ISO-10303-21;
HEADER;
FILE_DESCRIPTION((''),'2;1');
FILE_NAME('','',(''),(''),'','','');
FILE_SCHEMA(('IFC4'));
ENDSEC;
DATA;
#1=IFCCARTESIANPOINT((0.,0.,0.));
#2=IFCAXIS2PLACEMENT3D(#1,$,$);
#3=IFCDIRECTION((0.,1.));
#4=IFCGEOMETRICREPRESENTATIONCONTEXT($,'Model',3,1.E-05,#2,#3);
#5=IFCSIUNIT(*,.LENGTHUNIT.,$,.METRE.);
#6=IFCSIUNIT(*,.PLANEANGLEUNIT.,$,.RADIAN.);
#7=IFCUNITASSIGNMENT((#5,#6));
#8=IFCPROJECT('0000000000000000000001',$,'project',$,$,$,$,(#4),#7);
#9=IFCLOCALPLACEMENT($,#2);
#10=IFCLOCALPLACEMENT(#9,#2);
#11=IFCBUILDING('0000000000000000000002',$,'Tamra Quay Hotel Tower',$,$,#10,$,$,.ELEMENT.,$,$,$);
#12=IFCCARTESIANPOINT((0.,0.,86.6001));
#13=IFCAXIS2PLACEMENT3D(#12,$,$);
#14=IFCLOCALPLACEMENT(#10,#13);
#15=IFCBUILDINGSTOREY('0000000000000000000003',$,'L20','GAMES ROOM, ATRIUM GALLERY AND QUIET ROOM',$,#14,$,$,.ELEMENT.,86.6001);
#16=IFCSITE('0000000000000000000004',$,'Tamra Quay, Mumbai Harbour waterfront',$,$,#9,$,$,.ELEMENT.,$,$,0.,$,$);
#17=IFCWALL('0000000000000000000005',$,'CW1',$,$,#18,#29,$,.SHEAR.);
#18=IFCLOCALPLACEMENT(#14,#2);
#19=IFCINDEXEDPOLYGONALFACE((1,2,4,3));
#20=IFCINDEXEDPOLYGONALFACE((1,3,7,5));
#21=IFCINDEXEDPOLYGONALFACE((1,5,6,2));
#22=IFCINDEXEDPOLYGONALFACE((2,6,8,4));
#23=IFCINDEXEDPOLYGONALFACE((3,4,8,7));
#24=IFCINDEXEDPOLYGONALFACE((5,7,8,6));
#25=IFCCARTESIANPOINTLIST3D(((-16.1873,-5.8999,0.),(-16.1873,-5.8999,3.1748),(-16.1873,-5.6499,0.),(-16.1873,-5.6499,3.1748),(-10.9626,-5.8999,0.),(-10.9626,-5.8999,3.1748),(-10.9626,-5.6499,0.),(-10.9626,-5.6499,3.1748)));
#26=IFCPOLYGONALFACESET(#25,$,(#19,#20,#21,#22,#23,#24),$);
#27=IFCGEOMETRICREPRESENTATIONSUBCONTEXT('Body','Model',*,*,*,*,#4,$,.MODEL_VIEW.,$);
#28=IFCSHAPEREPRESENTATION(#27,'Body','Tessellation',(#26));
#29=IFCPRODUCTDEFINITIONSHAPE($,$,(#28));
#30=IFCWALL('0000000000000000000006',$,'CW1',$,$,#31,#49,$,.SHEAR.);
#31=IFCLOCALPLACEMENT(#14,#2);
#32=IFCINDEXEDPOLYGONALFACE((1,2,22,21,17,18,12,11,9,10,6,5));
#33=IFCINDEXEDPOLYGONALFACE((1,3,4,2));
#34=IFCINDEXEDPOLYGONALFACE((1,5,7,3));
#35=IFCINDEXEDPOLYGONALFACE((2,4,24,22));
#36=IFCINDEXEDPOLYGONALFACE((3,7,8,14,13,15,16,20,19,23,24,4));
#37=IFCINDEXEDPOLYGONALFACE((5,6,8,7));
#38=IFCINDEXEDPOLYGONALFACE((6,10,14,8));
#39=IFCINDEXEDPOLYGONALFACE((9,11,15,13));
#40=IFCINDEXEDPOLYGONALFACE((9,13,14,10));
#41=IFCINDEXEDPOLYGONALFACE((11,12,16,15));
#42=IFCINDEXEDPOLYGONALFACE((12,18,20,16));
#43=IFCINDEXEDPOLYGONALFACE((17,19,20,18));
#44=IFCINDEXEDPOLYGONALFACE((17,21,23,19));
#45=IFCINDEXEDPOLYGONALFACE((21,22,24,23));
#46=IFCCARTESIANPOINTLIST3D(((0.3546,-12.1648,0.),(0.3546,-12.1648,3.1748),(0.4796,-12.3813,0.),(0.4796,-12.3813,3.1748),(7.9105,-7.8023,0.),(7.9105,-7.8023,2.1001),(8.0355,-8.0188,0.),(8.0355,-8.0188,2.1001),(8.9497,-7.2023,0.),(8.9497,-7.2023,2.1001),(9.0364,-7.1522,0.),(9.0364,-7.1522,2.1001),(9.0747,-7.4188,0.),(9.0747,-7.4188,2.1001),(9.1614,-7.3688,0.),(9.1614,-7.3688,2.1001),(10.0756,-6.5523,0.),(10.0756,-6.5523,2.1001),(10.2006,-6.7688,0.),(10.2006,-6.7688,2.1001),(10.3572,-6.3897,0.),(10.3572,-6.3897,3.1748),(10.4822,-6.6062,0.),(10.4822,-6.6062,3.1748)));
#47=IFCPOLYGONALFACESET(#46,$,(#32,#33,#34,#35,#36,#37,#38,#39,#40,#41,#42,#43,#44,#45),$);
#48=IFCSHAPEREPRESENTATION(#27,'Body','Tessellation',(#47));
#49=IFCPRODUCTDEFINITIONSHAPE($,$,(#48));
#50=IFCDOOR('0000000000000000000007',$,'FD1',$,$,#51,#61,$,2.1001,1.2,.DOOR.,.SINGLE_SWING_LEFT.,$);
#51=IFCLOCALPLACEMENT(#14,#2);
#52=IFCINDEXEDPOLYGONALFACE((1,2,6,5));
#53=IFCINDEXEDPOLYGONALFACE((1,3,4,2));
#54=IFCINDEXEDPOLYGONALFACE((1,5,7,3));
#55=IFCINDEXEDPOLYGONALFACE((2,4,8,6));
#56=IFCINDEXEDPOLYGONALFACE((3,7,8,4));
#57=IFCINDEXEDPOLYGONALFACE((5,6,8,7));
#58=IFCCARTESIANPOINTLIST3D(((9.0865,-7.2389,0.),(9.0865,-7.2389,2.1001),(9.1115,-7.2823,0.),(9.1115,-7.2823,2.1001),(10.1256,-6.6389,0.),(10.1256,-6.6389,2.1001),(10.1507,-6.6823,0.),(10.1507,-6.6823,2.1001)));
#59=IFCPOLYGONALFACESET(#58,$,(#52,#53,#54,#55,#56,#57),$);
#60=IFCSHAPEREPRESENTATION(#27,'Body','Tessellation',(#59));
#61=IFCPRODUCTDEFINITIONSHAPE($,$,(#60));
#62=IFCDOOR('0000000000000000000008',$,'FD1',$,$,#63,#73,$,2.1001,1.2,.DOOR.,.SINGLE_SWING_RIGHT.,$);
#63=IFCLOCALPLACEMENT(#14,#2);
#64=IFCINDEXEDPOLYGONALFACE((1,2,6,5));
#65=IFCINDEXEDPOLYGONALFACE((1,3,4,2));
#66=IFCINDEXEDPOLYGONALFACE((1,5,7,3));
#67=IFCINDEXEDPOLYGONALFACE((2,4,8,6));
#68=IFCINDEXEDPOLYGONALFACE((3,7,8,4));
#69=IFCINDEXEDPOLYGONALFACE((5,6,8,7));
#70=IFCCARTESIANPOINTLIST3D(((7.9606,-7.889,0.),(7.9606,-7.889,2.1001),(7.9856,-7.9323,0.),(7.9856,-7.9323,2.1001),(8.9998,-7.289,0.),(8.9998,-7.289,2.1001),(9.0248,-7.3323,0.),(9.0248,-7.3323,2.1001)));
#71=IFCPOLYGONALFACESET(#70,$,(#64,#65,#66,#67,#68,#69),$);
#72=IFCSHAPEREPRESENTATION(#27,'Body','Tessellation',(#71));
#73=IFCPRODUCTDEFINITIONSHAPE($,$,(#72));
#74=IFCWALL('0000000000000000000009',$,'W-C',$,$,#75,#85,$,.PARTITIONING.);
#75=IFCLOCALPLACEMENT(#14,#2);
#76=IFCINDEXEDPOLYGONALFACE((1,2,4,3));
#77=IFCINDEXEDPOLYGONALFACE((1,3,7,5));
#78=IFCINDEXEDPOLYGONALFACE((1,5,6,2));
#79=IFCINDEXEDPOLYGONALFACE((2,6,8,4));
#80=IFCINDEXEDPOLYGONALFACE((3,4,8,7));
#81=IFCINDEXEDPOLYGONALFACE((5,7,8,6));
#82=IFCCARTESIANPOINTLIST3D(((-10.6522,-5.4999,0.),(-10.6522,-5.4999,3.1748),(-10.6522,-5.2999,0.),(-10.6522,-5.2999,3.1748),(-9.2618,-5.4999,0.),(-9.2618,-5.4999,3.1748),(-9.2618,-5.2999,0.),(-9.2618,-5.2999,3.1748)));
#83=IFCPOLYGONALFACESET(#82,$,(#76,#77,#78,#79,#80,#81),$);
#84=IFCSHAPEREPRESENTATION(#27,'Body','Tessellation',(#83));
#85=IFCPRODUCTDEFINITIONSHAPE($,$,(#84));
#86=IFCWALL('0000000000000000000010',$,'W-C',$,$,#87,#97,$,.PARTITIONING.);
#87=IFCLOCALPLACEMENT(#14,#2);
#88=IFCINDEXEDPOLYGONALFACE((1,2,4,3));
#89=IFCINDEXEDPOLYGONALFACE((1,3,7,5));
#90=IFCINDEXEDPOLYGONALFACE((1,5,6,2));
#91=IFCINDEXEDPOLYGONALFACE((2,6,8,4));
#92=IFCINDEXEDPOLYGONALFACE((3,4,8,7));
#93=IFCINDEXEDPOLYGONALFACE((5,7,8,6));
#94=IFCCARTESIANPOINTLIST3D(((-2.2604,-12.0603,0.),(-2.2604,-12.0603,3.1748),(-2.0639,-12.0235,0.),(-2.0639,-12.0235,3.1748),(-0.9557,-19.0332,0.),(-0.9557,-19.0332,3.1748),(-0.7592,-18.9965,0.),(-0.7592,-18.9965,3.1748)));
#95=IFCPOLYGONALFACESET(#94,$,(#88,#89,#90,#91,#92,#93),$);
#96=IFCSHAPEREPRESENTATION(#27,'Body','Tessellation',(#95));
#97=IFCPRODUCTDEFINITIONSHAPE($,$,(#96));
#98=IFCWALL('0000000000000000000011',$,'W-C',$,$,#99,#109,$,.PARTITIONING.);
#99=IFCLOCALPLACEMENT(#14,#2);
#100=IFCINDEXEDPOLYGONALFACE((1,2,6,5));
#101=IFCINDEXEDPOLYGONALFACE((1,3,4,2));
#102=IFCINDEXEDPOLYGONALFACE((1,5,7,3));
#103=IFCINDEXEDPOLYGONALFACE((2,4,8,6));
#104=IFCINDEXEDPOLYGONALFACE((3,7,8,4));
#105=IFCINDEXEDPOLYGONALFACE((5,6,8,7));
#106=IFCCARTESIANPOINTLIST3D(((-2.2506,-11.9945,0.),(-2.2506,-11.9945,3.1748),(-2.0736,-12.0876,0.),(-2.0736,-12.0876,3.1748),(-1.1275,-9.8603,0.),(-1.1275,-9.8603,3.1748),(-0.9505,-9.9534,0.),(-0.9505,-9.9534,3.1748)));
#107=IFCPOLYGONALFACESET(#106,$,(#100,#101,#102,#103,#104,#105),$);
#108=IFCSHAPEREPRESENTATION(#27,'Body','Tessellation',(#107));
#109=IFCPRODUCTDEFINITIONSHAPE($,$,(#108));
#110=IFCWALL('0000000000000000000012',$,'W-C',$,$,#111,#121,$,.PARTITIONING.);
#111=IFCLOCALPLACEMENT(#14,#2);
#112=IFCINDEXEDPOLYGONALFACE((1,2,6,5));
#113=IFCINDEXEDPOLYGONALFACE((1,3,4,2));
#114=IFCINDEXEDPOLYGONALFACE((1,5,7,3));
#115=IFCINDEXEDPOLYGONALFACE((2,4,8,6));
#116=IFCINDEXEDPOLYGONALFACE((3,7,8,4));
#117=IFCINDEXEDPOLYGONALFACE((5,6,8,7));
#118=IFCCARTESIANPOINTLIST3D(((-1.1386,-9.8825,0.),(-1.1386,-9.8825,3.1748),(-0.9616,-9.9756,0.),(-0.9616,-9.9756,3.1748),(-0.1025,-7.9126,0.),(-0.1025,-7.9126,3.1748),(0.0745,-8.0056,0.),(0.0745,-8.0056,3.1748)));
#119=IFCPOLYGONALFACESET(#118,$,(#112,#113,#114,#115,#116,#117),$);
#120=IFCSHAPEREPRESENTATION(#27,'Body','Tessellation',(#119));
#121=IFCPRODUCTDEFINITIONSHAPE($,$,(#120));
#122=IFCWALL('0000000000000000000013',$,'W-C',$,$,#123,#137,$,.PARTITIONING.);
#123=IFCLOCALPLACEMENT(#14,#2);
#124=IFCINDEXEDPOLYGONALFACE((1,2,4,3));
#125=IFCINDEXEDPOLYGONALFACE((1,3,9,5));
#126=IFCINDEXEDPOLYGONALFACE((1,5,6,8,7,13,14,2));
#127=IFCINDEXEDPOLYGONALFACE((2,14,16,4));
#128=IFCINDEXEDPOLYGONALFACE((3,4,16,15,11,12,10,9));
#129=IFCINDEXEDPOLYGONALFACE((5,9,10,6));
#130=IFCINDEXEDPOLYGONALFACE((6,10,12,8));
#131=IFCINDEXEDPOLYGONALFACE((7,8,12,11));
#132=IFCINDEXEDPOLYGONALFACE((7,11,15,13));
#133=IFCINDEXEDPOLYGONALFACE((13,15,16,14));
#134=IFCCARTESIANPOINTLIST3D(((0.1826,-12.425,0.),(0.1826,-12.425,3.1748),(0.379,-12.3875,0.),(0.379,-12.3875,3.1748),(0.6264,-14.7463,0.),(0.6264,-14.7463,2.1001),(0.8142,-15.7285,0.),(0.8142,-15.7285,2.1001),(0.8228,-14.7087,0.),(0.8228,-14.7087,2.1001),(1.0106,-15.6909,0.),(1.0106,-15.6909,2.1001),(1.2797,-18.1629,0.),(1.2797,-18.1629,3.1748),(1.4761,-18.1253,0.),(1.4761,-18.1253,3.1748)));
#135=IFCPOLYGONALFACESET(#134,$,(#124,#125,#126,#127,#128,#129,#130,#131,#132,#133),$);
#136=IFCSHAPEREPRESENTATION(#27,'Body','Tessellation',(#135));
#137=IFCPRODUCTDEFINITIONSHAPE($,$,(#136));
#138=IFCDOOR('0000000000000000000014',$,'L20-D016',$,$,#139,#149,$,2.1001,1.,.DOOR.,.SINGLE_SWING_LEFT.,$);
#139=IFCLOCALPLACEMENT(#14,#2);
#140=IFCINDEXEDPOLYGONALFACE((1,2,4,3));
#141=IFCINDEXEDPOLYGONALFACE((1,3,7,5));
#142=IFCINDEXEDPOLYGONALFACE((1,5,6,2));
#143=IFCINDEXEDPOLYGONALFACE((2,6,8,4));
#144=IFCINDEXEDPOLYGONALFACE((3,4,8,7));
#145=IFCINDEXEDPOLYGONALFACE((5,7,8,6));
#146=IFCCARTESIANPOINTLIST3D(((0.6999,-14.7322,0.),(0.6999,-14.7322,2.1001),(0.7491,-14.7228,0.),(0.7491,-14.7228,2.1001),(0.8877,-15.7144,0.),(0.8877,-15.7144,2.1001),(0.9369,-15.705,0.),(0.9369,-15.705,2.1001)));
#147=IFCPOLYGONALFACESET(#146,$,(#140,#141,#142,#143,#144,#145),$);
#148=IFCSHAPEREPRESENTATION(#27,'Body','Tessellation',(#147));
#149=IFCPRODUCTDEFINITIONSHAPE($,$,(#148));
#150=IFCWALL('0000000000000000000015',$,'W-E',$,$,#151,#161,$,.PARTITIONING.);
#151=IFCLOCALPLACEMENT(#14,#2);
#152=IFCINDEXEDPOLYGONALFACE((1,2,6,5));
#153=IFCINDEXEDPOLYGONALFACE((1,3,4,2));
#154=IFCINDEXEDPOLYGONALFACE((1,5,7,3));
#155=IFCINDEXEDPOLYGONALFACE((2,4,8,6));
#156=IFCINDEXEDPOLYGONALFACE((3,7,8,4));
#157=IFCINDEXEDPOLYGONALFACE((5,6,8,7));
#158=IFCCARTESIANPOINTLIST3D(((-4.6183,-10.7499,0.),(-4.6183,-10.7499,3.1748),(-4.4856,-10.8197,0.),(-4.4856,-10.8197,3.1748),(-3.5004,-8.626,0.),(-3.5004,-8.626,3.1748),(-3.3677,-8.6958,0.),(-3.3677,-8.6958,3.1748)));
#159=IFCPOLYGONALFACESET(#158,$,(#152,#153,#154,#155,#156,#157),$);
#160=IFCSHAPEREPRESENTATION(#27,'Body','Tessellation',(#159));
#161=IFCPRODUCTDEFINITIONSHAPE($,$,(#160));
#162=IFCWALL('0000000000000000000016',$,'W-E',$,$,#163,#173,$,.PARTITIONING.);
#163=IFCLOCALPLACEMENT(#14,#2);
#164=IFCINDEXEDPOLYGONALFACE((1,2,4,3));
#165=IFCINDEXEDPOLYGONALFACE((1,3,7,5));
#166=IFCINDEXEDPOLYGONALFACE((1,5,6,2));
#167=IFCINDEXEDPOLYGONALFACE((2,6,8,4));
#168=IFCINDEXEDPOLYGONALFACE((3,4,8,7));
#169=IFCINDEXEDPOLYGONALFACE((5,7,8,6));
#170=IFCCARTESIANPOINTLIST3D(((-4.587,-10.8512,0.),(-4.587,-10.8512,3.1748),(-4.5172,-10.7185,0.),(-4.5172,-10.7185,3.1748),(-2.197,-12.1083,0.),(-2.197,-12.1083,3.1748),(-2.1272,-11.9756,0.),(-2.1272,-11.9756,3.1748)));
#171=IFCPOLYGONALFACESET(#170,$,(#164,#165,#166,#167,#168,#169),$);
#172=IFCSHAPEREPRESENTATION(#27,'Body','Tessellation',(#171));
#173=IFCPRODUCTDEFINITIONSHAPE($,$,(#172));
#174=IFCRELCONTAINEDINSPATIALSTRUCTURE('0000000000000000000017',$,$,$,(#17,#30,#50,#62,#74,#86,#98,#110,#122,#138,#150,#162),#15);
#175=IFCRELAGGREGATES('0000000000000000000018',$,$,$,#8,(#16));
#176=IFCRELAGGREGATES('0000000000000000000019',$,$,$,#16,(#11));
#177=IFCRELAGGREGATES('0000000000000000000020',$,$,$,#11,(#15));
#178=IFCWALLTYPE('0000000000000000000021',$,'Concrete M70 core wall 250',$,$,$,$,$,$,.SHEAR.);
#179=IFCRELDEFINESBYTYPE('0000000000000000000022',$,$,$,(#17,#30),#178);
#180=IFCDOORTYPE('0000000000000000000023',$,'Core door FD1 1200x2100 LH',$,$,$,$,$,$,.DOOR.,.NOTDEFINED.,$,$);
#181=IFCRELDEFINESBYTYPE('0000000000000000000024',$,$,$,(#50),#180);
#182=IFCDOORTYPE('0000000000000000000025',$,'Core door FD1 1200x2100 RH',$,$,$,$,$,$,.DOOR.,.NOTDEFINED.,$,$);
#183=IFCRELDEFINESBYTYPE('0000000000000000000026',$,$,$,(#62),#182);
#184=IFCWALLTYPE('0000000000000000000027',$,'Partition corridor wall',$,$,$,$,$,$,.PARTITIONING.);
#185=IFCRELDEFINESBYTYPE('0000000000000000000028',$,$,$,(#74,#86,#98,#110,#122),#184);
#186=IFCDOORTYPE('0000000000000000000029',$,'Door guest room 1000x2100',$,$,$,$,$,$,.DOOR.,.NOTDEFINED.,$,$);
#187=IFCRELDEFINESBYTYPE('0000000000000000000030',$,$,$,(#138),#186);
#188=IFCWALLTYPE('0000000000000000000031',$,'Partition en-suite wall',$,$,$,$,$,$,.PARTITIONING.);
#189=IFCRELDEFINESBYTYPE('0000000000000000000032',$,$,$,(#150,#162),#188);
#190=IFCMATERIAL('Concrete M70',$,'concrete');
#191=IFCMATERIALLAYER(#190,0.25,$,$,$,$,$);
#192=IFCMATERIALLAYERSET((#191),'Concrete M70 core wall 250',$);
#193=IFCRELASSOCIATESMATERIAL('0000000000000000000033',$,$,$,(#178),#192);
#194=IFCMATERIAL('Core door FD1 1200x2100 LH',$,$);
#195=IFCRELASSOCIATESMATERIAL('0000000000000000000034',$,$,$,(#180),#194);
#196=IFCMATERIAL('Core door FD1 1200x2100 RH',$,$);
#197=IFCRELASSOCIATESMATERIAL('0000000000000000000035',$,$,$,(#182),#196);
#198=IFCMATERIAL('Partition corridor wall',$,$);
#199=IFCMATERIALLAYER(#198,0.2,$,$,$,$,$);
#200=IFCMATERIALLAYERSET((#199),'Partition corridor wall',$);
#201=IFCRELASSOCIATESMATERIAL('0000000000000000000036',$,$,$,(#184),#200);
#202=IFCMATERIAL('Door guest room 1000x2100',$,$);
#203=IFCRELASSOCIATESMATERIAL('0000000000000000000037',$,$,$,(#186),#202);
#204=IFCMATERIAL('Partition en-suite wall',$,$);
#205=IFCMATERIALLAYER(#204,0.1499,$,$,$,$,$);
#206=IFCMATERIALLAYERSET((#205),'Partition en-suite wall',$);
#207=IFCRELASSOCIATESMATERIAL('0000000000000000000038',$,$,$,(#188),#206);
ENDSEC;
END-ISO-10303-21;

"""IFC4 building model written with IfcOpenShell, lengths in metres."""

from ifc_helpers import new_model, si_unit, direction, frame, frame_2d, origin, place, context, subcontext, project, spatial, rectangle, extrude, material, layer, layer_set, type_object, element, fill, save


model = new_model("IFC4")

# Units and contexts
model_context = context("Model", 3, precision=1e-05, world=origin(), true_north=direction((0.0, 1.0)))
body_context = subcontext(model_context, "Body", "Model", "MODEL_VIEW")
ifc_project = project(units=[si_unit("LENGTHUNIT", "METRE"), si_unit("PLANEANGLEUNIT", "RADIAN")], contexts=[model_context])

# Site, building, storey
site_placement = place(None, origin())
site = spatial("IfcSite", under=ifc_project, at=site_placement, Name="Tamra Quay, Mumbai Harbour waterfront", CompositionType="ELEMENT", RefElevation=0.0)
building_placement = place(site_placement, origin())
building = spatial("IfcBuilding", under=site, at=building_placement, Name="Tamra Quay Hotel Tower", CompositionType="ELEMENT")
storey_placement = place(building_placement, frame((0.0, 0.0, 86.6001)))
storey = spatial("IfcBuildingStorey", under=building, at=storey_placement, Name="L20", Description="GAMES ROOM, ATRIUM GALLERY AND QUIET ROOM", CompositionType="ELEMENT", Elevation=86.6001)

# Wall
ifc_material_1 = material(Name="Concrete M70", Category="concrete")
ifc_layer_1 = layer(ifc_material_1, 0.25)
ifc_layer_set_1 = layer_set([ifc_layer_1], Name="Concrete M70 core wall 250")
wall_type_1 = type_object("IfcWallType", Name="Concrete M70 core wall 250", PredefinedType="SHEAR", material=ifc_layer_set_1)
wall_1_placement = place(storey_placement, frame((-10.9626, -5.7749, 0.0), z_axis=(0.0, 0.0, 1.0), x_axis=(-1.0, 0.0, 0.0)))
element("IfcWall", 1, at=wall_1_placement, inside=storey, type_object=wall_type_1, Name="CW1", PredefinedType="SHEAR", context=body_context, shape_type="SweptSolid", body=[
    extrude(rectangle(XDim=5.2246, YDim=0.25, at=frame_2d((2.6123, 0.0))), origin(), (0.0, 0.0, 1.0), 3.1748),
])

# Wall, openings, doors
wall_2_placement = place(storey_placement, frame((0.4172, -12.2729, 0.0), z_axis=(0.0, 0.0, 1.0), x_axis=(0.866022, 0.500006, 0.0)))
wall_2 = element("IfcWall", 2, at=wall_2_placement, inside=storey, type_object=wall_type_1, Name="CW1", PredefinedType="SHEAR", context=body_context, shape_type="SweptSolid", body=[
    extrude(rectangle(XDim=11.55, YDim=0.25, at=frame_2d((5.7749, 0.0))), origin(), (0.0, 0.0, 1.0), 3.1748),
])
opening_1_placement = place(wall_2_placement, frame((10.0247, 0.0, 0.0)))
opening_1 = element("IfcOpeningElement", 3, at=opening_1_placement, cuts=wall_2, PredefinedType="OPENING", context=body_context, shape_type="SweptSolid", body=[
    extrude(rectangle(XDim=1.2, YDim=2.1001, at=frame_2d((0.6001, 1.05))), frame((0.0, 0.135, 0.0), z_axis=(0.0, -1.0, 0.0), x_axis=(1.0, 0.0, 0.0)), (0.0, 0.0, 1.0), 0.27),
])
opening_2_placement = place(wall_2_placement, frame((8.7246, 0.0, 0.0)))
opening_2 = element("IfcOpeningElement", 4, at=opening_2_placement, cuts=wall_2, PredefinedType="OPENING", context=body_context, shape_type="SweptSolid", body=[
    extrude(rectangle(XDim=1.2, YDim=2.1001, at=frame_2d((0.6001, 1.05))), frame((0.0, 0.135, 0.0), z_axis=(0.0, -1.0, 0.0), x_axis=(1.0, 0.0, 0.0)), (0.0, 0.0, 1.0), 0.27),
])
ifc_material_2 = material(Name="Core door FD1 1200x2100 LH")
door_type_1 = type_object("IfcDoorType", Name="Core door FD1 1200x2100 LH", OperationType="NOTDEFINED", PredefinedType="DOOR", material=ifc_material_2)
door_1_placement = place(opening_1_placement, origin())
door_1 = element("IfcDoor", 5, at=door_1_placement, inside=storey, type_object=door_type_1, Name="FD1", OperationType="SINGLE_SWING_LEFT", OverallHeight=2.1001, OverallWidth=1.2, PredefinedType="DOOR", context=body_context, shape_type="SweptSolid", body=[
    extrude(rectangle(XDim=1.2, YDim=2.1001, at=frame_2d((0.6001, 1.05))), frame((0.0, 0.0249, 0.0), z_axis=(0.0, -1.0, 0.0), x_axis=(1.0, 0.0, 0.0)), (0.0, 0.0, 1.0), 0.05),
])
fill(opening_1, door_1)
ifc_material_3 = material(Name="Core door FD1 1200x2100 RH")
door_type_2 = type_object("IfcDoorType", Name="Core door FD1 1200x2100 RH", OperationType="NOTDEFINED", PredefinedType="DOOR", material=ifc_material_3)
door_2_placement = place(opening_2_placement, origin())
door_2 = element("IfcDoor", 6, at=door_2_placement, inside=storey, type_object=door_type_2, Name="FD1", OperationType="SINGLE_SWING_RIGHT", OverallHeight=2.1001, OverallWidth=1.2, PredefinedType="DOOR", context=body_context, shape_type="SweptSolid", body=[
    extrude(rectangle(XDim=1.2, YDim=2.1001, at=frame_2d((0.6001, 1.05))), frame((0.0, 0.0249, 0.0), z_axis=(0.0, -1.0, 0.0), x_axis=(1.0, 0.0, 0.0)), (0.0, 0.0, 1.0), 0.05),
])
fill(opening_2, door_2)

# Walls
ifc_material_4 = material(Name="Partition corridor wall")
ifc_layer_2 = layer(ifc_material_4, 0.2)
ifc_layer_set_2 = layer_set([ifc_layer_2], Name="Partition corridor wall")
wall_type_2 = type_object("IfcWallType", Name="Partition corridor wall", PredefinedType="PARTITIONING", material=ifc_layer_set_2)
wall_3_placement = place(storey_placement, frame((-10.6523, -5.3999, 0.0), z_axis=(0.0, 0.0, 1.0), x_axis=(1.0, 0.0, 0.0)))
element("IfcWall", 7, at=wall_3_placement, inside=storey, type_object=wall_type_2, Name="W-C", PredefinedType="PARTITIONING", context=body_context, shape_type="SweptSolid", body=[
    extrude(rectangle(XDim=1.3904, YDim=0.2, at=frame_2d((0.6953, 0.0))), origin(), (0.0, 0.0, 1.0), 3.1748),
])
wall_4_placement = place(storey_placement, frame((-2.1621, -12.042, 0.0), z_axis=(0.0, 0.0, 1.0), x_axis=(0.183917, -0.982942, 0.0)))
element("IfcWall", 8, at=wall_4_placement, inside=storey, type_object=wall_type_2, Name="W-C", PredefinedType="PARTITIONING", context=body_context, shape_type="SweptSolid", body=[
    extrude(rectangle(XDim=7.094, YDim=0.2, at=frame_2d((3.5469, 0.0))), origin(), (0.0, 0.0, 1.0), 3.1748),
])
wall_5_placement = place(storey_placement, frame((-2.1621, -12.041, 0.0), z_axis=(0.0, 0.0, 1.0), x_axis=(0.465705, 0.88494, 0.0)))
element("IfcWall", 9, at=wall_5_placement, inside=storey, type_object=wall_type_2, Name="W-C", PredefinedType="PARTITIONING", context=body_context, shape_type="SweptSolid", body=[
    extrude(rectangle(XDim=2.4116, YDim=0.2, at=frame_2d((1.2058, 0.0))), origin(), (0.0, 0.0, 1.0), 3.1748),
])
wall_6_placement = place(storey_placement, frame((-1.05, -9.929, 0.0), z_axis=(0.0, 0.0, 1.0), x_axis=(0.465502, 0.885047, 0.0)))
element("IfcWall", 10, at=wall_6_placement, inside=storey, type_object=wall_type_2, Name="W-C", PredefinedType="PARTITIONING", context=body_context, shape_type="SweptSolid", body=[
    extrude(rectangle(XDim=2.2258, YDim=0.2, at=frame_2d((1.1128, 0.0))), origin(), (0.0, 0.0, 1.0), 3.1748),
])

# Wall, opening, door
wall_7_placement = place(storey_placement, frame((0.2808, -12.4062, 0.0), z_axis=(0.0, 0.0, 1.0), x_axis=(0.187815, -0.982204, 0.0)))
wall_7 = element("IfcWall", 11, at=wall_7_placement, inside=storey, type_object=wall_type_2, Name="W-C", PredefinedType="PARTITIONING", context=body_context, shape_type="SweptSolid", body=[
    extrude(rectangle(XDim=5.8418, YDim=0.2, at=frame_2d((2.9209, 0.0))), origin(), (0.0, 0.0, 1.0), 3.1748),
])
opening_3_placement = place(wall_7_placement, frame((2.3633, 0.0, 0.0)))
opening_3 = element("IfcOpeningElement", 12, at=opening_3_placement, cuts=wall_7, PredefinedType="OPENING", context=body_context, shape_type="SweptSolid", body=[
    extrude(rectangle(XDim=1.0, YDim=2.1001, at=frame_2d((0.5, 1.05))), frame((0.0, 0.1099, 0.0), z_axis=(0.0, -1.0, 0.0), x_axis=(1.0, 0.0, 0.0)), (0.0, 0.0, 1.0), 0.22),
])
ifc_material_5 = material(Name="Door guest room 1000x2100")
door_type_3 = type_object("IfcDoorType", Name="Door guest room 1000x2100", OperationType="NOTDEFINED", PredefinedType="DOOR", material=ifc_material_5)
door_3_placement = place(opening_3_placement, origin())
door_3 = element("IfcDoor", 13, at=door_3_placement, inside=storey, type_object=door_type_3, Name="L20-D016", OperationType="SINGLE_SWING_LEFT", OverallHeight=2.1001, OverallWidth=1.0, PredefinedType="DOOR", context=body_context, shape_type="SweptSolid", body=[
    extrude(rectangle(XDim=1.0, YDim=2.1001, at=frame_2d((0.5, 1.05))), frame((0.0, 0.0249, 0.0), z_axis=(0.0, -1.0, 0.0), x_axis=(1.0, 0.0, 0.0)), (0.0, 0.0, 1.0), 0.05),
])
fill(opening_3, door_3)

# Walls
ifc_material_6 = material(Name="Partition en-suite wall")
ifc_layer_3 = layer(ifc_material_6, 0.1499)
ifc_layer_set_3 = layer_set([ifc_layer_3], Name="Partition en-suite wall")
wall_type_3 = type_object("IfcWallType", Name="Partition en-suite wall", PredefinedType="PARTITIONING", material=ifc_layer_set_3)
wall_8_placement = place(storey_placement, frame((-4.552, -10.7849, 0.0), z_axis=(0.0, 0.0, 1.0), x_axis=(0.465751, 0.884916, 0.0)))
element("IfcWall", 14, at=wall_8_placement, inside=storey, type_object=wall_type_3, Name="W-E", PredefinedType="PARTITIONING", context=body_context, shape_type="SweptSolid", body=[
    extrude(rectangle(XDim=2.4001, YDim=0.1499, at=frame_2d((1.2002, 0.0))), origin(), (0.0, 0.0, 1.0), 3.1748),
])
wall_9_placement = place(storey_placement, frame((-4.552, -10.7849, 0.0), z_axis=(0.0, 0.0, 1.0), x_axis=(0.885034, -0.465527, 0.0)))
element("IfcWall", 15, at=wall_9_placement, inside=storey, type_object=wall_type_3, Name="W-E", PredefinedType="PARTITIONING", context=body_context, shape_type="SweptSolid", body=[
    extrude(rectangle(XDim=2.7004, YDim=0.1499, at=frame_2d((1.3501, 0.0))), origin(), (0.0, 0.0, 1.0), 3.1748),
])

save(model, "model.ifc")
